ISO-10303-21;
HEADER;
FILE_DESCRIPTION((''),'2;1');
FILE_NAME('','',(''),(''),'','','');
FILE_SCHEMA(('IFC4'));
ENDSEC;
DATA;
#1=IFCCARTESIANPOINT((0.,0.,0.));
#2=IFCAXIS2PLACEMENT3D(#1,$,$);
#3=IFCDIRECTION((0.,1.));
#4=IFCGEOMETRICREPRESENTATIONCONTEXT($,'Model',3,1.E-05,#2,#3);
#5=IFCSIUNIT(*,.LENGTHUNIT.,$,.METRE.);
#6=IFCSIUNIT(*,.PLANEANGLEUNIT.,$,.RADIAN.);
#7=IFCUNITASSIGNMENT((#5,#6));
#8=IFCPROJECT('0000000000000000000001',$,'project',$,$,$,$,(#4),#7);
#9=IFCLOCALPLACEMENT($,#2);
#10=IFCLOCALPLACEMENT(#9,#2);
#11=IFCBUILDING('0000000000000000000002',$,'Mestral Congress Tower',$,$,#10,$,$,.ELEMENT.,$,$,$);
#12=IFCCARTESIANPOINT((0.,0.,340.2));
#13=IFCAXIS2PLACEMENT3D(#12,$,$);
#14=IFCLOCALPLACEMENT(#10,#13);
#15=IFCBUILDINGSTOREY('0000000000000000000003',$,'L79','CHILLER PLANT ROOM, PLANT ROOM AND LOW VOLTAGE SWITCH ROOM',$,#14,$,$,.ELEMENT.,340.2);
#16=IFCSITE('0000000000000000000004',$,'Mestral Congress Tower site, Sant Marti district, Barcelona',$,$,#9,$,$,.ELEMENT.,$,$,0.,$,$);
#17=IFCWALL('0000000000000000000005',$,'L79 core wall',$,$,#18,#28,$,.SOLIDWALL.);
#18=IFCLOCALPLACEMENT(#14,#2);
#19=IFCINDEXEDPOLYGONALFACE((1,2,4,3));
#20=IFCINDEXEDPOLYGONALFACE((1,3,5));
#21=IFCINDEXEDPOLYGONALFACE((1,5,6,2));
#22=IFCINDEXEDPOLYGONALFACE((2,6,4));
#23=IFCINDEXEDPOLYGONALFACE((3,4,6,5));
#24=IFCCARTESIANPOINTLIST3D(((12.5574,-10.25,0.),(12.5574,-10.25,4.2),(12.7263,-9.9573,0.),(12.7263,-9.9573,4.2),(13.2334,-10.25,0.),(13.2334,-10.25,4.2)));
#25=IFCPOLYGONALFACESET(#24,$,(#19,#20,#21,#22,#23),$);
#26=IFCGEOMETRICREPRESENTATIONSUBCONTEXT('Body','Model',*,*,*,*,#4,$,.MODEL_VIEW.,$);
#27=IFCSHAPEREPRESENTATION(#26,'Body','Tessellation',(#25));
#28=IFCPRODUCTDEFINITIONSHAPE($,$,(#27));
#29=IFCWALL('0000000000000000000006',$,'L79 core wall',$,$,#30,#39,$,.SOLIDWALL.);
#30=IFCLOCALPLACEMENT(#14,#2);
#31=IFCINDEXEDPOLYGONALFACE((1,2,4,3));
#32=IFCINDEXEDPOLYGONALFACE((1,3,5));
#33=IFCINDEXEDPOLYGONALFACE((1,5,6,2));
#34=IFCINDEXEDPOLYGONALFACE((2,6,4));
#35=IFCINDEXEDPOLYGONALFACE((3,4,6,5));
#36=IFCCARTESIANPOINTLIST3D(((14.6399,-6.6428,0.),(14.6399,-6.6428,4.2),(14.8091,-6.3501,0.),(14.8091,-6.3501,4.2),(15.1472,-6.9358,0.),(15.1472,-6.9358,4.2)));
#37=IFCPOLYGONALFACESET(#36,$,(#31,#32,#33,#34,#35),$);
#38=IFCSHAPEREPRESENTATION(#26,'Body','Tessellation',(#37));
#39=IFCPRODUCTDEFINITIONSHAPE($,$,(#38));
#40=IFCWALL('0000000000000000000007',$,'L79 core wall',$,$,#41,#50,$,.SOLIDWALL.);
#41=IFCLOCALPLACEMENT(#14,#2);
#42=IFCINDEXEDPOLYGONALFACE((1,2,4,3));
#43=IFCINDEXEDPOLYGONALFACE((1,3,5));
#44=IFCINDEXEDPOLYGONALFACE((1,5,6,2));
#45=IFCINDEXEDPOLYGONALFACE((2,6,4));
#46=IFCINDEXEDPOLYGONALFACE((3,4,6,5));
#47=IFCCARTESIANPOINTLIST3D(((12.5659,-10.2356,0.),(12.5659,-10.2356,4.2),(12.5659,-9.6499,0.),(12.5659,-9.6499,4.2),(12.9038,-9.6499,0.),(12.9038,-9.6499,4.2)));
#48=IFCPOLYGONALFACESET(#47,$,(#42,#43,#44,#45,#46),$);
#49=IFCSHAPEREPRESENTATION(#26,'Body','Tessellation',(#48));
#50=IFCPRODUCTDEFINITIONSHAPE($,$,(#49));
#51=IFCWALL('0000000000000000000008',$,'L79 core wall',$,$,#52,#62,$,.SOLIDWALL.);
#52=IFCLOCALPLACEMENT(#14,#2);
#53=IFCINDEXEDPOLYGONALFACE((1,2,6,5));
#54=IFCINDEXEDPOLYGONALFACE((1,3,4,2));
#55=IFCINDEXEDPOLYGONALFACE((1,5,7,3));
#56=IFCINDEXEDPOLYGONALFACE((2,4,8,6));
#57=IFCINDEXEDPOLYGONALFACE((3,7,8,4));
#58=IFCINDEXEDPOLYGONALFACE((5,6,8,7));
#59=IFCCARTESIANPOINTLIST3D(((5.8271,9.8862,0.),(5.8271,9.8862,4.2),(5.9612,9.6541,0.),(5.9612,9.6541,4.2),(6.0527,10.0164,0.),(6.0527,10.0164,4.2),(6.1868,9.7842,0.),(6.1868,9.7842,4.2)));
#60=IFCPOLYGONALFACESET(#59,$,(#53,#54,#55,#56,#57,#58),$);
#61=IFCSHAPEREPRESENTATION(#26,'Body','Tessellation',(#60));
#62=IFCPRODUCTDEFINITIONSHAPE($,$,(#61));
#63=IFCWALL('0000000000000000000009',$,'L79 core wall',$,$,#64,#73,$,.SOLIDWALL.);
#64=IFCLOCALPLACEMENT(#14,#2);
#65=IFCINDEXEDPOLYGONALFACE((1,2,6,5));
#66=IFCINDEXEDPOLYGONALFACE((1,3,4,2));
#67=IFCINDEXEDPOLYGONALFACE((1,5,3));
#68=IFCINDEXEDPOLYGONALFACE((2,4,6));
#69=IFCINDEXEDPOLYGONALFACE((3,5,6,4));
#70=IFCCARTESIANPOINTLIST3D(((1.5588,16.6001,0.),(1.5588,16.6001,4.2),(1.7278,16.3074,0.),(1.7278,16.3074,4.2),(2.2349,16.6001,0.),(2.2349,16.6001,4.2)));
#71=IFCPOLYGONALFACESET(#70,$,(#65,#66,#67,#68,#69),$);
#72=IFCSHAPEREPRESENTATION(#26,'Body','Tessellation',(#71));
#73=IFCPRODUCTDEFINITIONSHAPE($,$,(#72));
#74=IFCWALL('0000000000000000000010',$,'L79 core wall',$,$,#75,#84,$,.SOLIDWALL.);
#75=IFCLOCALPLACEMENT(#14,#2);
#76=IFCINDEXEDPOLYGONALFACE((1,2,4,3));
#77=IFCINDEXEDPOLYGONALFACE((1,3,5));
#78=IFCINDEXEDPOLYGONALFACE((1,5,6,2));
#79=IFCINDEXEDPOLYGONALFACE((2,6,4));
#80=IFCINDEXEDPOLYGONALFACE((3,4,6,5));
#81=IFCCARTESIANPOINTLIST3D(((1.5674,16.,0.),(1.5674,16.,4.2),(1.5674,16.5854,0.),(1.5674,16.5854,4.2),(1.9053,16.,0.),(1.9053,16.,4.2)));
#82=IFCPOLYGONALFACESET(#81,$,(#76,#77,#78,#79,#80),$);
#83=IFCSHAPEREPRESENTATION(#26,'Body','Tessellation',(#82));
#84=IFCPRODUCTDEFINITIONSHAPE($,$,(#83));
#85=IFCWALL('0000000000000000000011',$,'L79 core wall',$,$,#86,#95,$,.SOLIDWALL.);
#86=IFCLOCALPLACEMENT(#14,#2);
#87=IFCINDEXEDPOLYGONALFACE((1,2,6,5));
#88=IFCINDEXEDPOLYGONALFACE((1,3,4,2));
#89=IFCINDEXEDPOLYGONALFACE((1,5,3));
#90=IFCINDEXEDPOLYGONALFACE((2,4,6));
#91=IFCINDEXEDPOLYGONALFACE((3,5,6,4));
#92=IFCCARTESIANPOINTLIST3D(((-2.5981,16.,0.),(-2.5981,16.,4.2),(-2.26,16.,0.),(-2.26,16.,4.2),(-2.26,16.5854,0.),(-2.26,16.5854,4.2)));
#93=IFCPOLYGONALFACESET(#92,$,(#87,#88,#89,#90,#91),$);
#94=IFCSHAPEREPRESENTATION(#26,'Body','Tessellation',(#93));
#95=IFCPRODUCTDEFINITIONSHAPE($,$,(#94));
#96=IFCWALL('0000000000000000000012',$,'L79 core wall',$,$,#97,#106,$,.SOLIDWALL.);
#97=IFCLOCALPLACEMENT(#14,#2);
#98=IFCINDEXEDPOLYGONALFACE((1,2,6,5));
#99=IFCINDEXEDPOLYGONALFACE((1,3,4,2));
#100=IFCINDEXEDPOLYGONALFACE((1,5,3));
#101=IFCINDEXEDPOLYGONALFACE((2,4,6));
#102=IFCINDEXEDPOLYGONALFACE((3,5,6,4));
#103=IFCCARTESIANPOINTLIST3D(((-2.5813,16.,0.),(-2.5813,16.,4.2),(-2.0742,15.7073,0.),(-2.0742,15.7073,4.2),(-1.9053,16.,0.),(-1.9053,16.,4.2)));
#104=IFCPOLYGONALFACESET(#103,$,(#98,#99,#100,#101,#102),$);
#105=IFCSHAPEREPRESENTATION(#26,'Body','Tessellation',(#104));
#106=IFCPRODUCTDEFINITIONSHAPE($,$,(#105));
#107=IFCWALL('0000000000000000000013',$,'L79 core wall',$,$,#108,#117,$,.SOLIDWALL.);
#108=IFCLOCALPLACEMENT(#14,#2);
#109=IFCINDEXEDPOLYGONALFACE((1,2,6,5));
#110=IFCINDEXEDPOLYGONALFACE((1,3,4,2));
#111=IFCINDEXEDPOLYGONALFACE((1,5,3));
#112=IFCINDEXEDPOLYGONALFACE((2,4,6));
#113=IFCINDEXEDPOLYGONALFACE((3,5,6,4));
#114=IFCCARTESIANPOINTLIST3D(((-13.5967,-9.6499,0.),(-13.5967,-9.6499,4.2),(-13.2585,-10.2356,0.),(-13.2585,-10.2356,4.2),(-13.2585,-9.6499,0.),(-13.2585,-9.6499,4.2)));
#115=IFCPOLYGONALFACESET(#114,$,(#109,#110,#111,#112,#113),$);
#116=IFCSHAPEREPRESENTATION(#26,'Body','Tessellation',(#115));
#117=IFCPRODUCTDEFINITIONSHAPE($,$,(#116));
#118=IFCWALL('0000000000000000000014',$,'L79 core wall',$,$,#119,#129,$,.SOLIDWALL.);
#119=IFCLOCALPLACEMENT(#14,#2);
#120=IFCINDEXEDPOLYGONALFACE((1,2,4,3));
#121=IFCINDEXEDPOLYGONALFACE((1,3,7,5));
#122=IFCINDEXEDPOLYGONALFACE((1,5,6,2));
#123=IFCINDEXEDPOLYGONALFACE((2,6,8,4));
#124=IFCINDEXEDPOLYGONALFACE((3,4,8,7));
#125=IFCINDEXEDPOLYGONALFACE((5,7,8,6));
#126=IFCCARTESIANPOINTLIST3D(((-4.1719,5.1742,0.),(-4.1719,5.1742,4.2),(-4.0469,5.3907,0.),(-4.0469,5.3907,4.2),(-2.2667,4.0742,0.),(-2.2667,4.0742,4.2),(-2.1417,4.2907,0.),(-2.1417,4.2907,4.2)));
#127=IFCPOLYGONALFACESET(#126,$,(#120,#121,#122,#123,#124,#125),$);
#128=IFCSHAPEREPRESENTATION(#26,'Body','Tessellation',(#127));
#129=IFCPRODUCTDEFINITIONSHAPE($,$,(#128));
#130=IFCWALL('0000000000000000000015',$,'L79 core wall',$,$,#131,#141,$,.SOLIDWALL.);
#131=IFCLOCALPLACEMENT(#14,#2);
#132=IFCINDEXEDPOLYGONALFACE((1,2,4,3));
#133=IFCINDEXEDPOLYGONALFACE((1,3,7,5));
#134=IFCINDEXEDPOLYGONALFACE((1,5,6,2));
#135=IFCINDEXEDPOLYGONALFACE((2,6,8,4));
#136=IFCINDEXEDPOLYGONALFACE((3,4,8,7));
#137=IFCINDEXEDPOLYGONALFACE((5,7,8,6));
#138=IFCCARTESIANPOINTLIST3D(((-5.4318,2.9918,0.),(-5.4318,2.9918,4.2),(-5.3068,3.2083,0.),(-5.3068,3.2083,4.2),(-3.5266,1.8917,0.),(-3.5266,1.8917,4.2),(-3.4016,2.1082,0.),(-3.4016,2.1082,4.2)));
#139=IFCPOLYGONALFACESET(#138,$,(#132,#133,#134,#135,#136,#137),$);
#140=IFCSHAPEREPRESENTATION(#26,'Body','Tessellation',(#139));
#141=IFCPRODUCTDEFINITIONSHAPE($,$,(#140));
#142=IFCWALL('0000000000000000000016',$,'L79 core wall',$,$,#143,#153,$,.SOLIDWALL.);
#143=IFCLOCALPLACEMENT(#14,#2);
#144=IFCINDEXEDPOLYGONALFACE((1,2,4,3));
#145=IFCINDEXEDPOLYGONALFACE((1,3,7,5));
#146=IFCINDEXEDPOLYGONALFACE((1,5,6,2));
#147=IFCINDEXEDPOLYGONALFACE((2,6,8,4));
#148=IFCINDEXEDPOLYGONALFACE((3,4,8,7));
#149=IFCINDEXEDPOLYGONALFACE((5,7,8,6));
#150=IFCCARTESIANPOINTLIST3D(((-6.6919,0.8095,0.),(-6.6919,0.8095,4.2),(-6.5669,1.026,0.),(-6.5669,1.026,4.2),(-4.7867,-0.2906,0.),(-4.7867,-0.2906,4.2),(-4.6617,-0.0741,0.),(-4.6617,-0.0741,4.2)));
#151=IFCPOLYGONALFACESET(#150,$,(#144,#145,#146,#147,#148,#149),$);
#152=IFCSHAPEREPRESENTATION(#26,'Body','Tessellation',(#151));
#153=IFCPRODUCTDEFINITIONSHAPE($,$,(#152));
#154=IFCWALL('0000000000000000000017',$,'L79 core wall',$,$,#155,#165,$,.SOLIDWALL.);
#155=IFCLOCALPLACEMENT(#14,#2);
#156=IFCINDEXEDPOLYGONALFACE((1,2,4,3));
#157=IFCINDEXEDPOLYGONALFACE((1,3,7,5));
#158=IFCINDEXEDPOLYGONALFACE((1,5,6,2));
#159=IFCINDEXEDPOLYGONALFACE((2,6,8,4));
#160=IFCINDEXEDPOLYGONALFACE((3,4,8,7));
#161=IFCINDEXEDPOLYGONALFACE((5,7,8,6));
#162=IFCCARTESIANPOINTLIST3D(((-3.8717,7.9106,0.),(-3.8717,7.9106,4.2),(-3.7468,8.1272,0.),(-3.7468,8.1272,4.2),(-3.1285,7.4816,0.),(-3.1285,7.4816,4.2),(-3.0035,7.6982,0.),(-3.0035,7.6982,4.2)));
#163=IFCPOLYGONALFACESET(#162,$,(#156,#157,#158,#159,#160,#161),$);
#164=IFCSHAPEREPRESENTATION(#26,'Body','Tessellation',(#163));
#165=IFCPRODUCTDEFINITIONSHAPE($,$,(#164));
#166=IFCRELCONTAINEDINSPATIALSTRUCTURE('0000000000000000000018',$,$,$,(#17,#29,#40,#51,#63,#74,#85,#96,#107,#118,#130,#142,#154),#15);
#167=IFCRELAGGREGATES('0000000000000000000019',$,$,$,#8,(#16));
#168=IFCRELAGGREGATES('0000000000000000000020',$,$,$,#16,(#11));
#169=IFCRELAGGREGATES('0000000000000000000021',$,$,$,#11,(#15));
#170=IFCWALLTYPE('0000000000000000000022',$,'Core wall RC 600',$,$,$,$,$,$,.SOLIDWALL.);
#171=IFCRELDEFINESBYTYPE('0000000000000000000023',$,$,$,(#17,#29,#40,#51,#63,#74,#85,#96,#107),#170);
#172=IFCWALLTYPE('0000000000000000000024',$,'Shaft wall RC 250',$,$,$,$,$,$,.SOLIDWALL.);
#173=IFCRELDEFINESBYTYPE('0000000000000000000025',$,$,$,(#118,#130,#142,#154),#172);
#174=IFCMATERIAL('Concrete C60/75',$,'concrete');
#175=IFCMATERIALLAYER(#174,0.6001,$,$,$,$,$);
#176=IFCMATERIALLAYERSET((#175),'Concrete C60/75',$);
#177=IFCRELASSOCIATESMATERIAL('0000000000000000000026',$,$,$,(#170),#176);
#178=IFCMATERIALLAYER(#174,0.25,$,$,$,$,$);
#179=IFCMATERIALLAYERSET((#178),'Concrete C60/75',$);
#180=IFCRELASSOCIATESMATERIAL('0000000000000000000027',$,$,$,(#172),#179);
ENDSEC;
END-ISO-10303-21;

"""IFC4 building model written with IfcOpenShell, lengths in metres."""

from ifc_helpers import new_model, si_unit, direction, frame, frame_2d, origin, place, context, subcontext, project, spatial, polyline, rectangle, outline, extrude, material, layer, layer_set, type_object, element, save


model = new_model("IFC4")

# Units and contexts
model_context = context("Model", 3, precision=1e-05, world=origin(), true_north=direction((0.0, 1.0)))
body_context = subcontext(model_context, "Body", "Model", "MODEL_VIEW")
ifc_project = project(units=[si_unit("LENGTHUNIT", "METRE"), si_unit("PLANEANGLEUNIT", "RADIAN")], contexts=[model_context])

# Site, building, storey
site_placement = place(None, origin())
site = spatial("IfcSite", under=ifc_project, at=site_placement, Name="Mestral Congress Tower site, Sant Marti district, Barcelona", CompositionType="ELEMENT", RefElevation=0.0)
building_placement = place(site_placement, origin())
building = spatial("IfcBuilding", under=site, at=building_placement, Name="Mestral Congress Tower", CompositionType="ELEMENT")
storey_placement = place(building_placement, frame((0.0, 0.0, 340.2)))
storey = spatial("IfcBuildingStorey", under=building, at=storey_placement, Name="L79", Description="CHILLER PLANT ROOM, PLANT ROOM AND LOW VOLTAGE SWITCH ROOM", CompositionType="ELEMENT", Elevation=340.2)

# Shared definitions
ifc_material_1 = material(Name="Concrete C60/75", Category="concrete")

# Shared definitions
placement_1 = place(storey_placement, origin())

# Walls
ifc_layer_1 = layer(ifc_material_1, 0.6001)
ifc_layer_set_1 = layer_set([ifc_layer_1], Name="Concrete C60/75")
wall_type_1 = type_object("IfcWallType", Name="Core wall RC 600", PredefinedType="SOLIDWALL", material=ifc_layer_set_1)
element("IfcWall", 1, at=placement_1, inside=storey, type_object=wall_type_1, Name="L79 core wall", PredefinedType="SOLIDWALL", context=body_context, shape_type="SweptSolid", body=[
    extrude(outline(polyline([(12.7263, -9.9573), (13.2334, -10.25), (12.5574, -10.25), (12.7263, -9.9573)])), origin(), (0.0, 0.0, 1.0), 4.2),
])
element("IfcWall", 2, at=placement_1, inside=storey, type_object=wall_type_1, Name="L79 core wall", PredefinedType="SOLIDWALL", context=body_context, shape_type="SweptSolid", body=[
    extrude(outline(polyline([(14.8091, -6.3501), (15.1472, -6.9358), (14.6399, -6.6428), (14.8091, -6.3501)])), origin(), (0.0, 0.0, 1.0), 4.2),
])
element("IfcWall", 3, at=placement_1, inside=storey, type_object=wall_type_1, Name="L79 core wall", PredefinedType="SOLIDWALL", context=body_context, shape_type="SweptSolid", body=[
    extrude(outline(polyline([(12.9038, -9.6499), (12.5659, -10.2356), (12.5659, -9.6499), (12.9038, -9.6499)])), origin(), (0.0, 0.0, 1.0), 4.2),
])
element("IfcWall", 4, at=placement_1, inside=storey, type_object=wall_type_1, Name="L79 core wall", PredefinedType="SOLIDWALL", context=body_context, shape_type="SweptSolid", body=[
    extrude(outline(polyline([(6.0527, 10.0164), (6.1868, 9.7842), (5.9612, 9.6541), (5.8271, 9.8862), (6.0527, 10.0164)])), origin(), (0.0, 0.0, 1.0), 4.2),
])
element("IfcWall", 5, at=placement_1, inside=storey, type_object=wall_type_1, Name="L79 core wall", PredefinedType="SOLIDWALL", context=body_context, shape_type="SweptSolid", body=[
    extrude(outline(polyline([(1.5588, 16.6001), (2.2349, 16.6001), (1.7278, 16.3074), (1.5588, 16.6001)])), origin(), (0.0, 0.0, 1.0), 4.2),
])
element("IfcWall", 6, at=placement_1, inside=storey, type_object=wall_type_1, Name="L79 core wall", PredefinedType="SOLIDWALL", context=body_context, shape_type="SweptSolid", body=[
    extrude(outline(polyline([(1.9053, 16.0), (1.5674, 16.0), (1.5674, 16.5854), (1.9053, 16.0)])), origin(), (0.0, 0.0, 1.0), 4.2),
])
element("IfcWall", 7, at=placement_1, inside=storey, type_object=wall_type_1, Name="L79 core wall", PredefinedType="SOLIDWALL", context=body_context, shape_type="SweptSolid", body=[
    extrude(outline(polyline([(-2.5981, 16.0), (-2.26, 16.5854), (-2.26, 16.0), (-2.5981, 16.0)])), origin(), (0.0, 0.0, 1.0), 4.2),
])
element("IfcWall", 8, at=placement_1, inside=storey, type_object=wall_type_1, Name="L79 core wall", PredefinedType="SOLIDWALL", context=body_context, shape_type="SweptSolid", body=[
    extrude(outline(polyline([(-1.9053, 16.0), (-2.0742, 15.7073), (-2.5813, 16.0), (-1.9053, 16.0)])), origin(), (0.0, 0.0, 1.0), 4.2),
])
element("IfcWall", 9, at=placement_1, inside=storey, type_object=wall_type_1, Name="L79 core wall", PredefinedType="SOLIDWALL", context=body_context, shape_type="SweptSolid", body=[
    extrude(outline(polyline([(-13.5967, -9.6499), (-13.2585, -9.6499), (-13.2585, -10.2356), (-13.5967, -9.6499)])), origin(), (0.0, 0.0, 1.0), 4.2),
])
ifc_layer_2 = layer(ifc_material_1, 0.25)
ifc_layer_set_2 = layer_set([ifc_layer_2], Name="Concrete C60/75")
wall_type_2 = type_object("IfcWallType", Name="Shaft wall RC 250", PredefinedType="SOLIDWALL", material=ifc_layer_set_2)
for number, where, z_axis, x_axis, name in (
    (10, (-2.2041, 4.1824, 0.0), (0.0, 0.0, 1.0), (-0.866008, 0.50003, 0.0), "L79 core wall"),
    (11, (-5.3694, 3.1001, 0.0), (0.0, 0.0, 1.0), (0.866008, -0.50003, 0.0), "L79 core wall"),
    (12, (-4.7241, -0.1824, 0.0), (0.0, 0.0, 1.0), (-0.866008, 0.50003, 0.0), "L79 core wall"),
):
    element("IfcWall", number, at=place(storey_placement, frame(where, z_axis=z_axis, x_axis=x_axis)), inside=storey, type_object=wall_type_2, Name=name, PredefinedType="SOLIDWALL", context=body_context, shape_type="SweptSolid", body=[
        extrude(rectangle(XDim=2.2, YDim=0.25, at=frame_2d((1.1001, 0.0))), origin(), (0.0, 0.0, 1.0), 4.2),
    ])
wall_1_placement = place(storey_placement, frame((-3.0659, 7.5898, 0.0), z_axis=(0.0, 0.0, 1.0), x_axis=(-0.866081, 0.499903, 0.0)))
element("IfcWall", 13, at=wall_1_placement, inside=storey, type_object=wall_type_2, Name="L79 core wall", PredefinedType="SOLIDWALL", context=body_context, shape_type="SweptSolid", body=[
    extrude(rectangle(XDim=0.8582, YDim=0.25, at=frame_2d((0.4292, 0.0))), origin(), (0.0, 0.0, 1.0), 4.2),
])

save(model, "model.ifc")
